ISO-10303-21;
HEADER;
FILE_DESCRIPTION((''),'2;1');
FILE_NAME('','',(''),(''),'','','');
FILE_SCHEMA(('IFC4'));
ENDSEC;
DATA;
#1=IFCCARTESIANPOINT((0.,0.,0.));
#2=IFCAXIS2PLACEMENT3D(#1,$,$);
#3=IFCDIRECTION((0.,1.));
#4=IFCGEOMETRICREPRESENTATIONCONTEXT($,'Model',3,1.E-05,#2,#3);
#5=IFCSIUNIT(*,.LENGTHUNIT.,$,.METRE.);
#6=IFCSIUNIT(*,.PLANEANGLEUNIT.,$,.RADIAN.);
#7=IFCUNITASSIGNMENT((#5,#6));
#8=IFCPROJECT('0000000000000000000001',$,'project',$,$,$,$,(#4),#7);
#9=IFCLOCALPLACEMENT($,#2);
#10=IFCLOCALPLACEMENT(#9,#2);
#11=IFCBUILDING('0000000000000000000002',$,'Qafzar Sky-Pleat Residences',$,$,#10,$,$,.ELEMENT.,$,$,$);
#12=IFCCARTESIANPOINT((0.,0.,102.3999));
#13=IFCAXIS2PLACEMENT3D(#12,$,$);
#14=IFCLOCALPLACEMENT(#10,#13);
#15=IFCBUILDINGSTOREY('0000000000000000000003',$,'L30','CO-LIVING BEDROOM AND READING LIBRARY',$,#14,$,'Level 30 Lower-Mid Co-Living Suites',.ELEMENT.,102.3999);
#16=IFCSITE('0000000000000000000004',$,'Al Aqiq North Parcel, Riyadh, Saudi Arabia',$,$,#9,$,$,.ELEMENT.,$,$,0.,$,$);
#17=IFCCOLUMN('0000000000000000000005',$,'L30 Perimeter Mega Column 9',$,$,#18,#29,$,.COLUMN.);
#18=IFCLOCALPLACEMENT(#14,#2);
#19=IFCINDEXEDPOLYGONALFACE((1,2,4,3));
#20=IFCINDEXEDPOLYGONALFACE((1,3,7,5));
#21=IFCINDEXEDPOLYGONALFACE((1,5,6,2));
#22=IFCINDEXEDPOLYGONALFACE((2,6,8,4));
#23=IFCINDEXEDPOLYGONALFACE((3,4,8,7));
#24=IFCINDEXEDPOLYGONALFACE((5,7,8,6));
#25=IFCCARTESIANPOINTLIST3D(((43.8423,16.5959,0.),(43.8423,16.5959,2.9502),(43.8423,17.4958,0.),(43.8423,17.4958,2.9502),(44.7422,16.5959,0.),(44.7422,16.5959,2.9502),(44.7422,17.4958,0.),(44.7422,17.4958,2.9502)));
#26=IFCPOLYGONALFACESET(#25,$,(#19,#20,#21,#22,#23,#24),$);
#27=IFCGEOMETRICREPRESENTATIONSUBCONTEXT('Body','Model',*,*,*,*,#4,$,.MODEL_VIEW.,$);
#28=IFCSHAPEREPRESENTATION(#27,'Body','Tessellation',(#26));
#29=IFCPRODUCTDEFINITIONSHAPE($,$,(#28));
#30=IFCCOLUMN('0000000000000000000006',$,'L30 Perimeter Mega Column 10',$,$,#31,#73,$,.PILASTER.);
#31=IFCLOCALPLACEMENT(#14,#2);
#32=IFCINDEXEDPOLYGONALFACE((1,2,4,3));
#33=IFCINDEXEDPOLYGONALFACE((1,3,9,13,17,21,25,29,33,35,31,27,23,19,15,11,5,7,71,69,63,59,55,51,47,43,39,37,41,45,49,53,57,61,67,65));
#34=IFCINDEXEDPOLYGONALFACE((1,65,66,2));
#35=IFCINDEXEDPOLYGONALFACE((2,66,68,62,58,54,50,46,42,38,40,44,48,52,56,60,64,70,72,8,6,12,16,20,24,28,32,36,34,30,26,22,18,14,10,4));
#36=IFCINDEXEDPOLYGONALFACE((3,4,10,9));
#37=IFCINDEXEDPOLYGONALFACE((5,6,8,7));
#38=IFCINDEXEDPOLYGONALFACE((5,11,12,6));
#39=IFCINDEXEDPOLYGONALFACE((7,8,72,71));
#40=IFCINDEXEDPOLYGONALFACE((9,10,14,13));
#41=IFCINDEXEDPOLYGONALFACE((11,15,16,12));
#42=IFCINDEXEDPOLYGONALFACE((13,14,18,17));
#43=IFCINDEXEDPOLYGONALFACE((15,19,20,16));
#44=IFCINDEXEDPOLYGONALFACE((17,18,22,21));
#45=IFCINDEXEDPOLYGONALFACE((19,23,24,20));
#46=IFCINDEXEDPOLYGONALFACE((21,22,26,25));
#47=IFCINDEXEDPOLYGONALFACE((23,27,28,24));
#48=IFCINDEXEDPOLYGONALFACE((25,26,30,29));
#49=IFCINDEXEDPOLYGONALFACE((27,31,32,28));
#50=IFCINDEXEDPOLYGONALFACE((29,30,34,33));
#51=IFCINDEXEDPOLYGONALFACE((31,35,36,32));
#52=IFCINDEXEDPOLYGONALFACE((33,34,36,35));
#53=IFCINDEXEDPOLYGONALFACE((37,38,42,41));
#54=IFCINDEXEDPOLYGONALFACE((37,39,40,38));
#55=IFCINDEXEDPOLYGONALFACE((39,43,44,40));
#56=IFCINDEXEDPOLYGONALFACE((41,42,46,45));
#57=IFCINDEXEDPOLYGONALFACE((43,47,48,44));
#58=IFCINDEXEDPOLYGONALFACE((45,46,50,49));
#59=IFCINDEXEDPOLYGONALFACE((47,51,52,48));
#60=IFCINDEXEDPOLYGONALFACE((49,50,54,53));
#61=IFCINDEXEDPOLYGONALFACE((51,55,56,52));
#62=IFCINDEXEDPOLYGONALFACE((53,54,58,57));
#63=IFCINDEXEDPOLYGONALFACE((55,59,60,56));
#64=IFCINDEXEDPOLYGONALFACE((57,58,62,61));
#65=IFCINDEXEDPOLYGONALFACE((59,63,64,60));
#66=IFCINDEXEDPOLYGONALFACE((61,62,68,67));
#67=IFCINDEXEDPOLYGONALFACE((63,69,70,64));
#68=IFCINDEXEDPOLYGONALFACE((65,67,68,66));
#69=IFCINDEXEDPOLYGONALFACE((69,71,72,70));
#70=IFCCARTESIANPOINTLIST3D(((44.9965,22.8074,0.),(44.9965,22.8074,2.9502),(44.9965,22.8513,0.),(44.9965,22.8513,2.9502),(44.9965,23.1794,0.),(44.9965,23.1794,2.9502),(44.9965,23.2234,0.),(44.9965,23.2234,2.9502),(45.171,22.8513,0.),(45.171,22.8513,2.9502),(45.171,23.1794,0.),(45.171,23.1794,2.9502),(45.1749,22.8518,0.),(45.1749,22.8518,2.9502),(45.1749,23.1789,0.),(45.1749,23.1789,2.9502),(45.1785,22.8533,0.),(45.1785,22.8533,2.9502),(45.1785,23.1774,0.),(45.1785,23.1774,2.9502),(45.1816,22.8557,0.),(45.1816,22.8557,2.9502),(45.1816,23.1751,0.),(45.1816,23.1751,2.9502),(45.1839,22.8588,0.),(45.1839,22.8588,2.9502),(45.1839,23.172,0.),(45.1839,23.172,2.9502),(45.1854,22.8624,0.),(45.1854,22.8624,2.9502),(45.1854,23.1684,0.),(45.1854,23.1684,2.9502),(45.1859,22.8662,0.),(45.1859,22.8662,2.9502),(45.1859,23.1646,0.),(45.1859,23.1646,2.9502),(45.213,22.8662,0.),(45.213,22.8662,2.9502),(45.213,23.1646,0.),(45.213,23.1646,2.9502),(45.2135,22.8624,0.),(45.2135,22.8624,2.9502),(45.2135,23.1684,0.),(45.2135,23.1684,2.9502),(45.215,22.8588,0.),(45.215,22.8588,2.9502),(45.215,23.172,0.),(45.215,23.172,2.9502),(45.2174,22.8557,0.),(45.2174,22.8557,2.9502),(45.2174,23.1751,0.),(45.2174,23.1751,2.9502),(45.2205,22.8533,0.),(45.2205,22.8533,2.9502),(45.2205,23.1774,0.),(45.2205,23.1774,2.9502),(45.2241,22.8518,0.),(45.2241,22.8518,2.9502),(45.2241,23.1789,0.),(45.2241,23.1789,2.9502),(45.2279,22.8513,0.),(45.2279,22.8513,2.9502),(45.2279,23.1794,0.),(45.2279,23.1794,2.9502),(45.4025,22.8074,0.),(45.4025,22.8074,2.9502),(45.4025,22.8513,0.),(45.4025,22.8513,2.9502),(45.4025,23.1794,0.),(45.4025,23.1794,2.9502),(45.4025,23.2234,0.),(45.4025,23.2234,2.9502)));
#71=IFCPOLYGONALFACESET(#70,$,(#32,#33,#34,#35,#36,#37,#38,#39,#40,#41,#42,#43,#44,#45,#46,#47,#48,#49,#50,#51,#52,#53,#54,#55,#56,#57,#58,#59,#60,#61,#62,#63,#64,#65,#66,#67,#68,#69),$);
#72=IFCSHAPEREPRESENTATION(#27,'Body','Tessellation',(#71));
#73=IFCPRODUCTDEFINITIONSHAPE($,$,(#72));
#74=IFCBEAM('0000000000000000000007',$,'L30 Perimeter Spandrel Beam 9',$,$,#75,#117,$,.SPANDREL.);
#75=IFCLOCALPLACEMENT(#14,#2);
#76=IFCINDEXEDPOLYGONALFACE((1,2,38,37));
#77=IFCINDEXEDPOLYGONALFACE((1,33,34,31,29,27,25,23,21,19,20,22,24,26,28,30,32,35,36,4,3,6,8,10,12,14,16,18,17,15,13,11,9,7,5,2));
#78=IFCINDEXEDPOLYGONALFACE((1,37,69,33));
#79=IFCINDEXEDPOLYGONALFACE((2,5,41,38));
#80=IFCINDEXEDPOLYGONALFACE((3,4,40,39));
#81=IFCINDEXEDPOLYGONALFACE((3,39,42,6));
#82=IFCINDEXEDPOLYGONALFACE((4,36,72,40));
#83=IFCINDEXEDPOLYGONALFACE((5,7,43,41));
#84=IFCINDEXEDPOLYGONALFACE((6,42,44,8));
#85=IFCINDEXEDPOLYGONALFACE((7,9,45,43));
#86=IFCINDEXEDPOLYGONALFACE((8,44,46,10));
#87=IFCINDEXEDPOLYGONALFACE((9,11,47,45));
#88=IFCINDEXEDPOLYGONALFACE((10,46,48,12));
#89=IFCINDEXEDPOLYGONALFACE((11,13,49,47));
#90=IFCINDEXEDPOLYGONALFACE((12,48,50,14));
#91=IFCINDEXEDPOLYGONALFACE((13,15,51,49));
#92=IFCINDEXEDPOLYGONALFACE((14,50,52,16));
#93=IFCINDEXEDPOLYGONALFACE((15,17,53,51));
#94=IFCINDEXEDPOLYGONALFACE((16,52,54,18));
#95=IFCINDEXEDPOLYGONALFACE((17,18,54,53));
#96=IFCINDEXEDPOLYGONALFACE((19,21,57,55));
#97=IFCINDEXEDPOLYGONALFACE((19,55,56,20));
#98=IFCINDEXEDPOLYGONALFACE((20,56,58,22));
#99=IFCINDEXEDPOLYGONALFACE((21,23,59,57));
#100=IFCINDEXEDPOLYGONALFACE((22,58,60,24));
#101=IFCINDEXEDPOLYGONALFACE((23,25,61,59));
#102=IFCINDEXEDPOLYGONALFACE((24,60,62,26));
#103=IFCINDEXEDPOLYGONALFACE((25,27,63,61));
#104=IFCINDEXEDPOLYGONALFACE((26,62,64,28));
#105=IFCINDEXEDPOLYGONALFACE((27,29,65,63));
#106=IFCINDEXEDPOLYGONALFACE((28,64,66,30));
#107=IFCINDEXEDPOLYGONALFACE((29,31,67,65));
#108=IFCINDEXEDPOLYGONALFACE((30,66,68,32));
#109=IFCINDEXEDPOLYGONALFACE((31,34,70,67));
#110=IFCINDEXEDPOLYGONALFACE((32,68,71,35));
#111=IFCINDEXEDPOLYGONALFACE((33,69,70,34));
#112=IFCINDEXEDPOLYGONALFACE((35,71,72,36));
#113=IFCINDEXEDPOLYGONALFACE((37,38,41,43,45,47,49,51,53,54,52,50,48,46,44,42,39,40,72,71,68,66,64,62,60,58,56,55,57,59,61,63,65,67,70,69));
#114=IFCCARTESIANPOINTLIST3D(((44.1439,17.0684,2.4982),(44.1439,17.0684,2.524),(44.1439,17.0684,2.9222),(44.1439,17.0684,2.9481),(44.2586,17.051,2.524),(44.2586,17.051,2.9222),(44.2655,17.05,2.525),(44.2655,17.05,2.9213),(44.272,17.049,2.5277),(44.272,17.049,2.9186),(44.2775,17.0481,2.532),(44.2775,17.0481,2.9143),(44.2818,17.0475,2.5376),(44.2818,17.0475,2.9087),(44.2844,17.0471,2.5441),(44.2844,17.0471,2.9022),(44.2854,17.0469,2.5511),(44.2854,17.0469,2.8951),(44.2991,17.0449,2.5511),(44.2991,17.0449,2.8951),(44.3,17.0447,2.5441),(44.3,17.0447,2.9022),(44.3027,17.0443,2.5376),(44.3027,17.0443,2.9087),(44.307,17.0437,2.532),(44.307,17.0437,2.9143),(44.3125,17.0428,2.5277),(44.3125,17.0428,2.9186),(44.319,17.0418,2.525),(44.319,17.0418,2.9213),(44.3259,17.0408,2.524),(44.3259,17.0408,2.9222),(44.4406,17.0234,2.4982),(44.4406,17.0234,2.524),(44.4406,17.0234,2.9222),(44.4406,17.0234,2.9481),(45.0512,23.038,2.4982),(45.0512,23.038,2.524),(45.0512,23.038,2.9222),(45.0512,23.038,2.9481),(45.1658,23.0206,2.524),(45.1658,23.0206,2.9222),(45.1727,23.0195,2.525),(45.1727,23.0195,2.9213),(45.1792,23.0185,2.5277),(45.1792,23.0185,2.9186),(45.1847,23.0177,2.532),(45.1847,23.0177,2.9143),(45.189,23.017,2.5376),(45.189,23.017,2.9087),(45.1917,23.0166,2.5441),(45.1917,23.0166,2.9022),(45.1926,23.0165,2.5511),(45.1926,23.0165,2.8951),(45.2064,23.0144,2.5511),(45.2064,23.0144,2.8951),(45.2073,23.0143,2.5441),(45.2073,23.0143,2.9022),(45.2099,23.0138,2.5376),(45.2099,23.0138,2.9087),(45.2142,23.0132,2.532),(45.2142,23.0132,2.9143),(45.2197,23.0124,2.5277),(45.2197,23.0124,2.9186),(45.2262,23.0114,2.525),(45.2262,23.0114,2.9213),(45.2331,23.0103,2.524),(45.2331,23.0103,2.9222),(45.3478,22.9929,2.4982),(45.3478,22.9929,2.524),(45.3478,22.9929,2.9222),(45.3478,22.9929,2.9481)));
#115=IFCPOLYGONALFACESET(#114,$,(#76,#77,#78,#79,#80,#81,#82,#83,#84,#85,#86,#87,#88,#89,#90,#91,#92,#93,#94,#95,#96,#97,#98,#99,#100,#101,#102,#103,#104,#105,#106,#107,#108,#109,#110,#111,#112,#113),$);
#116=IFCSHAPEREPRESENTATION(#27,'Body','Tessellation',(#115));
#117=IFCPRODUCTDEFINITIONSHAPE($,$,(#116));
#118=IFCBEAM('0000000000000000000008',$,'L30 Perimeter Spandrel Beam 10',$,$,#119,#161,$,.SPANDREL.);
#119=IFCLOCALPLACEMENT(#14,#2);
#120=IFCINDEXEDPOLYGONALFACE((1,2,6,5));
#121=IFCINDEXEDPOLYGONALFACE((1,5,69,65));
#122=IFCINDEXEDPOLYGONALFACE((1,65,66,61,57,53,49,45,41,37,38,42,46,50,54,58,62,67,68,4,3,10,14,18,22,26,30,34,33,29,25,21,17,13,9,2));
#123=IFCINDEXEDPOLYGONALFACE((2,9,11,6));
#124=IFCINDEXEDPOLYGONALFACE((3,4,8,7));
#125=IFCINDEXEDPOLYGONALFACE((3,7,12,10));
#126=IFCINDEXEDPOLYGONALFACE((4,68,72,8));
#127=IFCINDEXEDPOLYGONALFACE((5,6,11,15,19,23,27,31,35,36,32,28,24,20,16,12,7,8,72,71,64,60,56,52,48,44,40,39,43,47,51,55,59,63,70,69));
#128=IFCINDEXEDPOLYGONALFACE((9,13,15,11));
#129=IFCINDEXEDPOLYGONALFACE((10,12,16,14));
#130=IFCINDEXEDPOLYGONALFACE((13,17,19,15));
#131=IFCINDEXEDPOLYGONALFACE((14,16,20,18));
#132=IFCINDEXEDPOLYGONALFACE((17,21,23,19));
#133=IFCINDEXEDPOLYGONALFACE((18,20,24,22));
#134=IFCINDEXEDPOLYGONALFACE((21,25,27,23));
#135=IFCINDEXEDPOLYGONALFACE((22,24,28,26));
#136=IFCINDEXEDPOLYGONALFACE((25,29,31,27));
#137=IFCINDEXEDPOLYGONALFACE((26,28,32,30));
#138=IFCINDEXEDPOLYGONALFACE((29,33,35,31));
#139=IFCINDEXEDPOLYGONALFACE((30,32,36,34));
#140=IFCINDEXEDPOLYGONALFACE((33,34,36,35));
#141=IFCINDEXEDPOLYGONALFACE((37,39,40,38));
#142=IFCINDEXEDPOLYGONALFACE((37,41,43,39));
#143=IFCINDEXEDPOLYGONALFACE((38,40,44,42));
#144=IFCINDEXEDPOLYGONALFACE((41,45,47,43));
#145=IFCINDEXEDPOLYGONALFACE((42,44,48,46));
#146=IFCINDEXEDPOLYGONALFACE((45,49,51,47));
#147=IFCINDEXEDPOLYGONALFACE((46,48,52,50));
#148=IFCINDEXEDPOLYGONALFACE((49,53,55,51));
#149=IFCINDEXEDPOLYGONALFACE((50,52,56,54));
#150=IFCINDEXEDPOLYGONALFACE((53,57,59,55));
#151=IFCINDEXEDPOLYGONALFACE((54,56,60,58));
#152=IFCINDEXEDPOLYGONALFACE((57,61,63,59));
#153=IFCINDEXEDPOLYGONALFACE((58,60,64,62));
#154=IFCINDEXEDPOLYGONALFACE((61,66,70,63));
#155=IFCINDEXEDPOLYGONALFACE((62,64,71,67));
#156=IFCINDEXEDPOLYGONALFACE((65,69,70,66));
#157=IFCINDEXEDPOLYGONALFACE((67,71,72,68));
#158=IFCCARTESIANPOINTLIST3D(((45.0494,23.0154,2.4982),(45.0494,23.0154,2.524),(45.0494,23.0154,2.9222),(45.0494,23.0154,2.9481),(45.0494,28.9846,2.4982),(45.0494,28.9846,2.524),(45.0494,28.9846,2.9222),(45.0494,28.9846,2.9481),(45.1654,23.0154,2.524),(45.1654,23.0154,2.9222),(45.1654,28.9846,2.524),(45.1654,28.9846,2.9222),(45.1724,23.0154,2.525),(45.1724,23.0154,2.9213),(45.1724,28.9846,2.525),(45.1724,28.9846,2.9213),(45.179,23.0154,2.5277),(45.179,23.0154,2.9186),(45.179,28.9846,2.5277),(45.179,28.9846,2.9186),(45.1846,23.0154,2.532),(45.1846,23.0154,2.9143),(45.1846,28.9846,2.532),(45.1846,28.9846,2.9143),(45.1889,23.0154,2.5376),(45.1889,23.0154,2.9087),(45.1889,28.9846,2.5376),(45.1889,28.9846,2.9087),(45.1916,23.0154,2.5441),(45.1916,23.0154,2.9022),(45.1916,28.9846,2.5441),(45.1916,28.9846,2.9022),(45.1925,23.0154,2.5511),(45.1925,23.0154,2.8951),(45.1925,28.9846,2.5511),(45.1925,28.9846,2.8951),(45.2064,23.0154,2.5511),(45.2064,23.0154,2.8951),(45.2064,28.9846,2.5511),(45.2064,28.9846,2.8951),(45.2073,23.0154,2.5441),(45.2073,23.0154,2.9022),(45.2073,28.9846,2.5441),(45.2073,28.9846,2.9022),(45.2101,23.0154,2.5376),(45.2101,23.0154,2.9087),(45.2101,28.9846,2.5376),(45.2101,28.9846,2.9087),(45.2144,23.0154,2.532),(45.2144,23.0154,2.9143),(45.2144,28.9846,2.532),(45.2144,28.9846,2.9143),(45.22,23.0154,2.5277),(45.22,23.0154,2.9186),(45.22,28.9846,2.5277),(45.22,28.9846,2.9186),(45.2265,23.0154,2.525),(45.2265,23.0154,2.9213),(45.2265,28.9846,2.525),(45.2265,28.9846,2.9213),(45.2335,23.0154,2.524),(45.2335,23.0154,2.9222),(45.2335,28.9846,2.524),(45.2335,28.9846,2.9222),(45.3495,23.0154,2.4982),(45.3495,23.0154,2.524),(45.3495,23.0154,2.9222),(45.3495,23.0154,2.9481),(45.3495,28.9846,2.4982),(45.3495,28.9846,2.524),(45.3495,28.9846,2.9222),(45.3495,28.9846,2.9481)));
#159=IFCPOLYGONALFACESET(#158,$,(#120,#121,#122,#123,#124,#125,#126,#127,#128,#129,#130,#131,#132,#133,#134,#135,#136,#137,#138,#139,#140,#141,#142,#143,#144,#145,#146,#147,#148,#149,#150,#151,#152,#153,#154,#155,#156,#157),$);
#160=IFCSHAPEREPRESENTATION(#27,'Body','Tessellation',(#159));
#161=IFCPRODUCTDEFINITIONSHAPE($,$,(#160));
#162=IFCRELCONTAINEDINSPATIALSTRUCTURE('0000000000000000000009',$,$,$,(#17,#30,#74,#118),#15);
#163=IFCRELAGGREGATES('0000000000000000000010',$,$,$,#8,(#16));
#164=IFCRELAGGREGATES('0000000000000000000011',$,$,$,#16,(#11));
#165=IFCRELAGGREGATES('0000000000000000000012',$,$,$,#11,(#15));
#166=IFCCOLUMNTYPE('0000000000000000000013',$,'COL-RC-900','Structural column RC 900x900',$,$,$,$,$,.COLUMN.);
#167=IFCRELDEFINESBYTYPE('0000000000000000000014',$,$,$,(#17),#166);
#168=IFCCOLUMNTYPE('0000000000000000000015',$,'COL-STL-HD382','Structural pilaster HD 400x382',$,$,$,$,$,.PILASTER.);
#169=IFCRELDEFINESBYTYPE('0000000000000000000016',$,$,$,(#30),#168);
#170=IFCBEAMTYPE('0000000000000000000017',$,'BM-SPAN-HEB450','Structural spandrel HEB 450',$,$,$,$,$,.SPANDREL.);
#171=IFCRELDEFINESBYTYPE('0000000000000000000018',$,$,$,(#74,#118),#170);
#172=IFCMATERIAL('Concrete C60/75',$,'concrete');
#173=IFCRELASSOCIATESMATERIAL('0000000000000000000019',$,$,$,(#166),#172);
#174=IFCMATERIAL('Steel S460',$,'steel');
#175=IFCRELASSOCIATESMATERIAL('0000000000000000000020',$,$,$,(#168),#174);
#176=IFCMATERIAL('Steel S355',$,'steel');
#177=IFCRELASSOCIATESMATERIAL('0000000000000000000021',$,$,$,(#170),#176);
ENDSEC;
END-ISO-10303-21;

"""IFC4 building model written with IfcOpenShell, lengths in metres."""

from ifc_helpers import new_model, si_unit, direction, frame, origin, origin_2d, place, context, subcontext, project, spatial, rectangle, i_section, extrude, source, transform, mapped, material, material_profile, profile_set, type_object, element, save


model = new_model("IFC4")

# Units and contexts
model_context = context("Model", 3, precision=1e-05, world=origin(), true_north=direction((0.0, 1.0)))
body_context = subcontext(model_context, "Body", "Model", "MODEL_VIEW")
ifc_project = project(units=[si_unit("LENGTHUNIT", "METRE"), si_unit("PLANEANGLEUNIT", "RADIAN")], contexts=[model_context])

# Site, building, storey
site_placement = place(None, origin())
site = spatial("IfcSite", under=ifc_project, at=site_placement, Name="Al Aqiq North Parcel, Riyadh, Saudi Arabia", CompositionType="ELEMENT", RefElevation=0.0)
building_placement = place(site_placement, origin())
building = spatial("IfcBuilding", under=site, at=building_placement, Name="Qafzar Sky-Pleat Residences", CompositionType="ELEMENT")
storey_placement = place(building_placement, frame((0.0, 0.0, 102.3999)))
storey = spatial("IfcBuildingStorey", under=building, at=storey_placement, Name="L30", Description="CO-LIVING BEDROOM AND READING LIBRARY", LongName="Level 30 Lower-Mid Co-Living Suites", CompositionType="ELEMENT", Elevation=102.3999)

# Columns
ifc_material_1 = material(Name="Concrete C60/75", Category="concrete")
ifc_material_profile_1 = material_profile(ifc_material_1, rectangle(XDim=0.8999, YDim=0.8999, at=origin_2d()), Name="RC 900x900")
ifc_profile_set_1 = profile_set([ifc_material_profile_1], Name="Concrete C60/75")
column_type_1 = type_object("IfcColumnType", Name="COL-RC-900", Description="Structural column RC 900x900", PredefinedType="COLUMN", material=ifc_profile_set_1)
shared_shape_1 = source(origin(), body_context, "Body", "SweptSolid", [
    extrude(rectangle(XDim=0.8999, YDim=0.8999, at=origin_2d()), origin(), (0.0, 0.0, 1.0), 2.9502),
])
column_1_placement = place(storey_placement, frame((44.2922, 17.0459, 0.0), z_axis=(0.0, 0.0, 1.0), x_axis=(1.0, 0.0, 0.0)))
element("IfcColumn", 1, at=column_1_placement, inside=storey, type_object=column_type_1, Name="L30 Perimeter Mega Column 9", PredefinedType="COLUMN", context=body_context, shape_type="MappedRepresentation", body=[
    mapped(shared_shape_1, transform((0.0, 0.0, 0.0), x_axis=(1.0, 0.0, 0.0), y_axis=(0.0, 1.0, 0.0), z_axis=(0.0, 0.0, 1.0), scale=1.0)),
])
ifc_material_2 = material(Name="Steel S460", Category="steel")
ifc_material_profile_2 = material_profile(ifc_material_2, i_section(OverallWidth=0.406, OverallDepth=0.416, WebThickness=0.0271, FlangeThickness=0.0439, FilletRadius=0.0149, at=origin_2d()), Name="HD 400x382")
ifc_profile_set_2 = profile_set([ifc_material_profile_2], Name="Steel S460")
column_type_2 = type_object("IfcColumnType", Name="COL-STL-HD382", Description="Structural pilaster HD 400x382", PredefinedType="PILASTER", material=ifc_profile_set_2)
shared_shape_2 = source(origin(), body_context, "Body", "SweptSolid", [
    extrude(i_section(OverallWidth=0.406, OverallDepth=0.416, WebThickness=0.0271, FlangeThickness=0.0439, FilletRadius=0.0149, at=origin_2d()), origin(), (0.0, 0.0, 1.0), 2.9502),
])
column_2_placement = place(storey_placement, frame((45.1995, 23.0154, 0.0), z_axis=(0.0, 0.0, 1.0), x_axis=(1.0, 0.0, 0.0)))
element("IfcColumn", 2, at=column_2_placement, inside=storey, type_object=column_type_2, Name="L30 Perimeter Mega Column 10", PredefinedType="PILASTER", context=body_context, shape_type="MappedRepresentation", body=[
    mapped(shared_shape_2, transform((0.0, 0.0, 0.0), x_axis=(1.0, 0.0, 0.0), y_axis=(0.0, 1.0, 0.0), z_axis=(0.0, 0.0, 1.0), scale=1.0)),
])

# Beams
ifc_material_3 = material(Name="Steel S355", Category="steel")
ifc_material_profile_3 = material_profile(ifc_material_3, i_section(OverallWidth=0.3, OverallDepth=0.45, WebThickness=0.0139, FlangeThickness=0.0259, FilletRadius=0.0271, at=origin_2d()), Name="HEB 450")
ifc_profile_set_3 = profile_set([ifc_material_profile_3], Name="Steel S355")
beam_type_1 = type_object("IfcBeamType", Name="BM-SPAN-HEB450", Description="Structural spandrel HEB 450", PredefinedType="SPANDREL", material=ifc_profile_set_3)
shared_shape_3 = source(origin(), body_context, "Body", "SweptSolid", [
    extrude(i_section(OverallWidth=0.3, OverallDepth=0.45, WebThickness=0.0139, FlangeThickness=0.0259, FilletRadius=0.0271, at=origin_2d()), origin(), (0.0, 0.0, 1.0), 6.0381),
])
beam_1_placement = place(storey_placement, frame((44.2922, 17.0459, 2.7231), z_axis=(0.150252, 0.988648, 0.0), x_axis=(-0.988648, 0.150252, 0.0)))
element("IfcBeam", 3, at=beam_1_placement, inside=storey, type_object=beam_type_1, Name="L30 Perimeter Spandrel Beam 9", PredefinedType="SPANDREL", context=body_context, shape_type="MappedRepresentation", body=[
    mapped(shared_shape_3, transform((0.0, 0.0, 0.0), x_axis=(1.0, 0.0, 0.0), y_axis=(0.0, 1.0, 0.0), z_axis=(0.0, 0.0, 1.0), scale=1.0)),
])
shared_shape_4 = source(origin(), body_context, "Body", "SweptSolid", [
    extrude(i_section(OverallWidth=0.3, OverallDepth=0.45, WebThickness=0.0139, FlangeThickness=0.0259, FilletRadius=0.0271, at=origin_2d()), origin(), (0.0, 0.0, 1.0), 5.9692),
])
beam_2_placement = place(storey_placement, frame((45.1995, 23.0154, 2.7231), z_axis=(0.0, 1.0, 0.0), x_axis=(-1.0, 0.0, 0.0)))
element("IfcBeam", 4, at=beam_2_placement, inside=storey, type_object=beam_type_1, Name="L30 Perimeter Spandrel Beam 10", PredefinedType="SPANDREL", context=body_context, shape_type="MappedRepresentation", body=[
    mapped(shared_shape_4, transform((0.0, 0.0, 0.0), x_axis=(1.0, 0.0, 0.0), y_axis=(0.0, 1.0, 0.0), z_axis=(0.0, 0.0, 1.0), scale=1.0)),
])

save(model, "model.ifc")
